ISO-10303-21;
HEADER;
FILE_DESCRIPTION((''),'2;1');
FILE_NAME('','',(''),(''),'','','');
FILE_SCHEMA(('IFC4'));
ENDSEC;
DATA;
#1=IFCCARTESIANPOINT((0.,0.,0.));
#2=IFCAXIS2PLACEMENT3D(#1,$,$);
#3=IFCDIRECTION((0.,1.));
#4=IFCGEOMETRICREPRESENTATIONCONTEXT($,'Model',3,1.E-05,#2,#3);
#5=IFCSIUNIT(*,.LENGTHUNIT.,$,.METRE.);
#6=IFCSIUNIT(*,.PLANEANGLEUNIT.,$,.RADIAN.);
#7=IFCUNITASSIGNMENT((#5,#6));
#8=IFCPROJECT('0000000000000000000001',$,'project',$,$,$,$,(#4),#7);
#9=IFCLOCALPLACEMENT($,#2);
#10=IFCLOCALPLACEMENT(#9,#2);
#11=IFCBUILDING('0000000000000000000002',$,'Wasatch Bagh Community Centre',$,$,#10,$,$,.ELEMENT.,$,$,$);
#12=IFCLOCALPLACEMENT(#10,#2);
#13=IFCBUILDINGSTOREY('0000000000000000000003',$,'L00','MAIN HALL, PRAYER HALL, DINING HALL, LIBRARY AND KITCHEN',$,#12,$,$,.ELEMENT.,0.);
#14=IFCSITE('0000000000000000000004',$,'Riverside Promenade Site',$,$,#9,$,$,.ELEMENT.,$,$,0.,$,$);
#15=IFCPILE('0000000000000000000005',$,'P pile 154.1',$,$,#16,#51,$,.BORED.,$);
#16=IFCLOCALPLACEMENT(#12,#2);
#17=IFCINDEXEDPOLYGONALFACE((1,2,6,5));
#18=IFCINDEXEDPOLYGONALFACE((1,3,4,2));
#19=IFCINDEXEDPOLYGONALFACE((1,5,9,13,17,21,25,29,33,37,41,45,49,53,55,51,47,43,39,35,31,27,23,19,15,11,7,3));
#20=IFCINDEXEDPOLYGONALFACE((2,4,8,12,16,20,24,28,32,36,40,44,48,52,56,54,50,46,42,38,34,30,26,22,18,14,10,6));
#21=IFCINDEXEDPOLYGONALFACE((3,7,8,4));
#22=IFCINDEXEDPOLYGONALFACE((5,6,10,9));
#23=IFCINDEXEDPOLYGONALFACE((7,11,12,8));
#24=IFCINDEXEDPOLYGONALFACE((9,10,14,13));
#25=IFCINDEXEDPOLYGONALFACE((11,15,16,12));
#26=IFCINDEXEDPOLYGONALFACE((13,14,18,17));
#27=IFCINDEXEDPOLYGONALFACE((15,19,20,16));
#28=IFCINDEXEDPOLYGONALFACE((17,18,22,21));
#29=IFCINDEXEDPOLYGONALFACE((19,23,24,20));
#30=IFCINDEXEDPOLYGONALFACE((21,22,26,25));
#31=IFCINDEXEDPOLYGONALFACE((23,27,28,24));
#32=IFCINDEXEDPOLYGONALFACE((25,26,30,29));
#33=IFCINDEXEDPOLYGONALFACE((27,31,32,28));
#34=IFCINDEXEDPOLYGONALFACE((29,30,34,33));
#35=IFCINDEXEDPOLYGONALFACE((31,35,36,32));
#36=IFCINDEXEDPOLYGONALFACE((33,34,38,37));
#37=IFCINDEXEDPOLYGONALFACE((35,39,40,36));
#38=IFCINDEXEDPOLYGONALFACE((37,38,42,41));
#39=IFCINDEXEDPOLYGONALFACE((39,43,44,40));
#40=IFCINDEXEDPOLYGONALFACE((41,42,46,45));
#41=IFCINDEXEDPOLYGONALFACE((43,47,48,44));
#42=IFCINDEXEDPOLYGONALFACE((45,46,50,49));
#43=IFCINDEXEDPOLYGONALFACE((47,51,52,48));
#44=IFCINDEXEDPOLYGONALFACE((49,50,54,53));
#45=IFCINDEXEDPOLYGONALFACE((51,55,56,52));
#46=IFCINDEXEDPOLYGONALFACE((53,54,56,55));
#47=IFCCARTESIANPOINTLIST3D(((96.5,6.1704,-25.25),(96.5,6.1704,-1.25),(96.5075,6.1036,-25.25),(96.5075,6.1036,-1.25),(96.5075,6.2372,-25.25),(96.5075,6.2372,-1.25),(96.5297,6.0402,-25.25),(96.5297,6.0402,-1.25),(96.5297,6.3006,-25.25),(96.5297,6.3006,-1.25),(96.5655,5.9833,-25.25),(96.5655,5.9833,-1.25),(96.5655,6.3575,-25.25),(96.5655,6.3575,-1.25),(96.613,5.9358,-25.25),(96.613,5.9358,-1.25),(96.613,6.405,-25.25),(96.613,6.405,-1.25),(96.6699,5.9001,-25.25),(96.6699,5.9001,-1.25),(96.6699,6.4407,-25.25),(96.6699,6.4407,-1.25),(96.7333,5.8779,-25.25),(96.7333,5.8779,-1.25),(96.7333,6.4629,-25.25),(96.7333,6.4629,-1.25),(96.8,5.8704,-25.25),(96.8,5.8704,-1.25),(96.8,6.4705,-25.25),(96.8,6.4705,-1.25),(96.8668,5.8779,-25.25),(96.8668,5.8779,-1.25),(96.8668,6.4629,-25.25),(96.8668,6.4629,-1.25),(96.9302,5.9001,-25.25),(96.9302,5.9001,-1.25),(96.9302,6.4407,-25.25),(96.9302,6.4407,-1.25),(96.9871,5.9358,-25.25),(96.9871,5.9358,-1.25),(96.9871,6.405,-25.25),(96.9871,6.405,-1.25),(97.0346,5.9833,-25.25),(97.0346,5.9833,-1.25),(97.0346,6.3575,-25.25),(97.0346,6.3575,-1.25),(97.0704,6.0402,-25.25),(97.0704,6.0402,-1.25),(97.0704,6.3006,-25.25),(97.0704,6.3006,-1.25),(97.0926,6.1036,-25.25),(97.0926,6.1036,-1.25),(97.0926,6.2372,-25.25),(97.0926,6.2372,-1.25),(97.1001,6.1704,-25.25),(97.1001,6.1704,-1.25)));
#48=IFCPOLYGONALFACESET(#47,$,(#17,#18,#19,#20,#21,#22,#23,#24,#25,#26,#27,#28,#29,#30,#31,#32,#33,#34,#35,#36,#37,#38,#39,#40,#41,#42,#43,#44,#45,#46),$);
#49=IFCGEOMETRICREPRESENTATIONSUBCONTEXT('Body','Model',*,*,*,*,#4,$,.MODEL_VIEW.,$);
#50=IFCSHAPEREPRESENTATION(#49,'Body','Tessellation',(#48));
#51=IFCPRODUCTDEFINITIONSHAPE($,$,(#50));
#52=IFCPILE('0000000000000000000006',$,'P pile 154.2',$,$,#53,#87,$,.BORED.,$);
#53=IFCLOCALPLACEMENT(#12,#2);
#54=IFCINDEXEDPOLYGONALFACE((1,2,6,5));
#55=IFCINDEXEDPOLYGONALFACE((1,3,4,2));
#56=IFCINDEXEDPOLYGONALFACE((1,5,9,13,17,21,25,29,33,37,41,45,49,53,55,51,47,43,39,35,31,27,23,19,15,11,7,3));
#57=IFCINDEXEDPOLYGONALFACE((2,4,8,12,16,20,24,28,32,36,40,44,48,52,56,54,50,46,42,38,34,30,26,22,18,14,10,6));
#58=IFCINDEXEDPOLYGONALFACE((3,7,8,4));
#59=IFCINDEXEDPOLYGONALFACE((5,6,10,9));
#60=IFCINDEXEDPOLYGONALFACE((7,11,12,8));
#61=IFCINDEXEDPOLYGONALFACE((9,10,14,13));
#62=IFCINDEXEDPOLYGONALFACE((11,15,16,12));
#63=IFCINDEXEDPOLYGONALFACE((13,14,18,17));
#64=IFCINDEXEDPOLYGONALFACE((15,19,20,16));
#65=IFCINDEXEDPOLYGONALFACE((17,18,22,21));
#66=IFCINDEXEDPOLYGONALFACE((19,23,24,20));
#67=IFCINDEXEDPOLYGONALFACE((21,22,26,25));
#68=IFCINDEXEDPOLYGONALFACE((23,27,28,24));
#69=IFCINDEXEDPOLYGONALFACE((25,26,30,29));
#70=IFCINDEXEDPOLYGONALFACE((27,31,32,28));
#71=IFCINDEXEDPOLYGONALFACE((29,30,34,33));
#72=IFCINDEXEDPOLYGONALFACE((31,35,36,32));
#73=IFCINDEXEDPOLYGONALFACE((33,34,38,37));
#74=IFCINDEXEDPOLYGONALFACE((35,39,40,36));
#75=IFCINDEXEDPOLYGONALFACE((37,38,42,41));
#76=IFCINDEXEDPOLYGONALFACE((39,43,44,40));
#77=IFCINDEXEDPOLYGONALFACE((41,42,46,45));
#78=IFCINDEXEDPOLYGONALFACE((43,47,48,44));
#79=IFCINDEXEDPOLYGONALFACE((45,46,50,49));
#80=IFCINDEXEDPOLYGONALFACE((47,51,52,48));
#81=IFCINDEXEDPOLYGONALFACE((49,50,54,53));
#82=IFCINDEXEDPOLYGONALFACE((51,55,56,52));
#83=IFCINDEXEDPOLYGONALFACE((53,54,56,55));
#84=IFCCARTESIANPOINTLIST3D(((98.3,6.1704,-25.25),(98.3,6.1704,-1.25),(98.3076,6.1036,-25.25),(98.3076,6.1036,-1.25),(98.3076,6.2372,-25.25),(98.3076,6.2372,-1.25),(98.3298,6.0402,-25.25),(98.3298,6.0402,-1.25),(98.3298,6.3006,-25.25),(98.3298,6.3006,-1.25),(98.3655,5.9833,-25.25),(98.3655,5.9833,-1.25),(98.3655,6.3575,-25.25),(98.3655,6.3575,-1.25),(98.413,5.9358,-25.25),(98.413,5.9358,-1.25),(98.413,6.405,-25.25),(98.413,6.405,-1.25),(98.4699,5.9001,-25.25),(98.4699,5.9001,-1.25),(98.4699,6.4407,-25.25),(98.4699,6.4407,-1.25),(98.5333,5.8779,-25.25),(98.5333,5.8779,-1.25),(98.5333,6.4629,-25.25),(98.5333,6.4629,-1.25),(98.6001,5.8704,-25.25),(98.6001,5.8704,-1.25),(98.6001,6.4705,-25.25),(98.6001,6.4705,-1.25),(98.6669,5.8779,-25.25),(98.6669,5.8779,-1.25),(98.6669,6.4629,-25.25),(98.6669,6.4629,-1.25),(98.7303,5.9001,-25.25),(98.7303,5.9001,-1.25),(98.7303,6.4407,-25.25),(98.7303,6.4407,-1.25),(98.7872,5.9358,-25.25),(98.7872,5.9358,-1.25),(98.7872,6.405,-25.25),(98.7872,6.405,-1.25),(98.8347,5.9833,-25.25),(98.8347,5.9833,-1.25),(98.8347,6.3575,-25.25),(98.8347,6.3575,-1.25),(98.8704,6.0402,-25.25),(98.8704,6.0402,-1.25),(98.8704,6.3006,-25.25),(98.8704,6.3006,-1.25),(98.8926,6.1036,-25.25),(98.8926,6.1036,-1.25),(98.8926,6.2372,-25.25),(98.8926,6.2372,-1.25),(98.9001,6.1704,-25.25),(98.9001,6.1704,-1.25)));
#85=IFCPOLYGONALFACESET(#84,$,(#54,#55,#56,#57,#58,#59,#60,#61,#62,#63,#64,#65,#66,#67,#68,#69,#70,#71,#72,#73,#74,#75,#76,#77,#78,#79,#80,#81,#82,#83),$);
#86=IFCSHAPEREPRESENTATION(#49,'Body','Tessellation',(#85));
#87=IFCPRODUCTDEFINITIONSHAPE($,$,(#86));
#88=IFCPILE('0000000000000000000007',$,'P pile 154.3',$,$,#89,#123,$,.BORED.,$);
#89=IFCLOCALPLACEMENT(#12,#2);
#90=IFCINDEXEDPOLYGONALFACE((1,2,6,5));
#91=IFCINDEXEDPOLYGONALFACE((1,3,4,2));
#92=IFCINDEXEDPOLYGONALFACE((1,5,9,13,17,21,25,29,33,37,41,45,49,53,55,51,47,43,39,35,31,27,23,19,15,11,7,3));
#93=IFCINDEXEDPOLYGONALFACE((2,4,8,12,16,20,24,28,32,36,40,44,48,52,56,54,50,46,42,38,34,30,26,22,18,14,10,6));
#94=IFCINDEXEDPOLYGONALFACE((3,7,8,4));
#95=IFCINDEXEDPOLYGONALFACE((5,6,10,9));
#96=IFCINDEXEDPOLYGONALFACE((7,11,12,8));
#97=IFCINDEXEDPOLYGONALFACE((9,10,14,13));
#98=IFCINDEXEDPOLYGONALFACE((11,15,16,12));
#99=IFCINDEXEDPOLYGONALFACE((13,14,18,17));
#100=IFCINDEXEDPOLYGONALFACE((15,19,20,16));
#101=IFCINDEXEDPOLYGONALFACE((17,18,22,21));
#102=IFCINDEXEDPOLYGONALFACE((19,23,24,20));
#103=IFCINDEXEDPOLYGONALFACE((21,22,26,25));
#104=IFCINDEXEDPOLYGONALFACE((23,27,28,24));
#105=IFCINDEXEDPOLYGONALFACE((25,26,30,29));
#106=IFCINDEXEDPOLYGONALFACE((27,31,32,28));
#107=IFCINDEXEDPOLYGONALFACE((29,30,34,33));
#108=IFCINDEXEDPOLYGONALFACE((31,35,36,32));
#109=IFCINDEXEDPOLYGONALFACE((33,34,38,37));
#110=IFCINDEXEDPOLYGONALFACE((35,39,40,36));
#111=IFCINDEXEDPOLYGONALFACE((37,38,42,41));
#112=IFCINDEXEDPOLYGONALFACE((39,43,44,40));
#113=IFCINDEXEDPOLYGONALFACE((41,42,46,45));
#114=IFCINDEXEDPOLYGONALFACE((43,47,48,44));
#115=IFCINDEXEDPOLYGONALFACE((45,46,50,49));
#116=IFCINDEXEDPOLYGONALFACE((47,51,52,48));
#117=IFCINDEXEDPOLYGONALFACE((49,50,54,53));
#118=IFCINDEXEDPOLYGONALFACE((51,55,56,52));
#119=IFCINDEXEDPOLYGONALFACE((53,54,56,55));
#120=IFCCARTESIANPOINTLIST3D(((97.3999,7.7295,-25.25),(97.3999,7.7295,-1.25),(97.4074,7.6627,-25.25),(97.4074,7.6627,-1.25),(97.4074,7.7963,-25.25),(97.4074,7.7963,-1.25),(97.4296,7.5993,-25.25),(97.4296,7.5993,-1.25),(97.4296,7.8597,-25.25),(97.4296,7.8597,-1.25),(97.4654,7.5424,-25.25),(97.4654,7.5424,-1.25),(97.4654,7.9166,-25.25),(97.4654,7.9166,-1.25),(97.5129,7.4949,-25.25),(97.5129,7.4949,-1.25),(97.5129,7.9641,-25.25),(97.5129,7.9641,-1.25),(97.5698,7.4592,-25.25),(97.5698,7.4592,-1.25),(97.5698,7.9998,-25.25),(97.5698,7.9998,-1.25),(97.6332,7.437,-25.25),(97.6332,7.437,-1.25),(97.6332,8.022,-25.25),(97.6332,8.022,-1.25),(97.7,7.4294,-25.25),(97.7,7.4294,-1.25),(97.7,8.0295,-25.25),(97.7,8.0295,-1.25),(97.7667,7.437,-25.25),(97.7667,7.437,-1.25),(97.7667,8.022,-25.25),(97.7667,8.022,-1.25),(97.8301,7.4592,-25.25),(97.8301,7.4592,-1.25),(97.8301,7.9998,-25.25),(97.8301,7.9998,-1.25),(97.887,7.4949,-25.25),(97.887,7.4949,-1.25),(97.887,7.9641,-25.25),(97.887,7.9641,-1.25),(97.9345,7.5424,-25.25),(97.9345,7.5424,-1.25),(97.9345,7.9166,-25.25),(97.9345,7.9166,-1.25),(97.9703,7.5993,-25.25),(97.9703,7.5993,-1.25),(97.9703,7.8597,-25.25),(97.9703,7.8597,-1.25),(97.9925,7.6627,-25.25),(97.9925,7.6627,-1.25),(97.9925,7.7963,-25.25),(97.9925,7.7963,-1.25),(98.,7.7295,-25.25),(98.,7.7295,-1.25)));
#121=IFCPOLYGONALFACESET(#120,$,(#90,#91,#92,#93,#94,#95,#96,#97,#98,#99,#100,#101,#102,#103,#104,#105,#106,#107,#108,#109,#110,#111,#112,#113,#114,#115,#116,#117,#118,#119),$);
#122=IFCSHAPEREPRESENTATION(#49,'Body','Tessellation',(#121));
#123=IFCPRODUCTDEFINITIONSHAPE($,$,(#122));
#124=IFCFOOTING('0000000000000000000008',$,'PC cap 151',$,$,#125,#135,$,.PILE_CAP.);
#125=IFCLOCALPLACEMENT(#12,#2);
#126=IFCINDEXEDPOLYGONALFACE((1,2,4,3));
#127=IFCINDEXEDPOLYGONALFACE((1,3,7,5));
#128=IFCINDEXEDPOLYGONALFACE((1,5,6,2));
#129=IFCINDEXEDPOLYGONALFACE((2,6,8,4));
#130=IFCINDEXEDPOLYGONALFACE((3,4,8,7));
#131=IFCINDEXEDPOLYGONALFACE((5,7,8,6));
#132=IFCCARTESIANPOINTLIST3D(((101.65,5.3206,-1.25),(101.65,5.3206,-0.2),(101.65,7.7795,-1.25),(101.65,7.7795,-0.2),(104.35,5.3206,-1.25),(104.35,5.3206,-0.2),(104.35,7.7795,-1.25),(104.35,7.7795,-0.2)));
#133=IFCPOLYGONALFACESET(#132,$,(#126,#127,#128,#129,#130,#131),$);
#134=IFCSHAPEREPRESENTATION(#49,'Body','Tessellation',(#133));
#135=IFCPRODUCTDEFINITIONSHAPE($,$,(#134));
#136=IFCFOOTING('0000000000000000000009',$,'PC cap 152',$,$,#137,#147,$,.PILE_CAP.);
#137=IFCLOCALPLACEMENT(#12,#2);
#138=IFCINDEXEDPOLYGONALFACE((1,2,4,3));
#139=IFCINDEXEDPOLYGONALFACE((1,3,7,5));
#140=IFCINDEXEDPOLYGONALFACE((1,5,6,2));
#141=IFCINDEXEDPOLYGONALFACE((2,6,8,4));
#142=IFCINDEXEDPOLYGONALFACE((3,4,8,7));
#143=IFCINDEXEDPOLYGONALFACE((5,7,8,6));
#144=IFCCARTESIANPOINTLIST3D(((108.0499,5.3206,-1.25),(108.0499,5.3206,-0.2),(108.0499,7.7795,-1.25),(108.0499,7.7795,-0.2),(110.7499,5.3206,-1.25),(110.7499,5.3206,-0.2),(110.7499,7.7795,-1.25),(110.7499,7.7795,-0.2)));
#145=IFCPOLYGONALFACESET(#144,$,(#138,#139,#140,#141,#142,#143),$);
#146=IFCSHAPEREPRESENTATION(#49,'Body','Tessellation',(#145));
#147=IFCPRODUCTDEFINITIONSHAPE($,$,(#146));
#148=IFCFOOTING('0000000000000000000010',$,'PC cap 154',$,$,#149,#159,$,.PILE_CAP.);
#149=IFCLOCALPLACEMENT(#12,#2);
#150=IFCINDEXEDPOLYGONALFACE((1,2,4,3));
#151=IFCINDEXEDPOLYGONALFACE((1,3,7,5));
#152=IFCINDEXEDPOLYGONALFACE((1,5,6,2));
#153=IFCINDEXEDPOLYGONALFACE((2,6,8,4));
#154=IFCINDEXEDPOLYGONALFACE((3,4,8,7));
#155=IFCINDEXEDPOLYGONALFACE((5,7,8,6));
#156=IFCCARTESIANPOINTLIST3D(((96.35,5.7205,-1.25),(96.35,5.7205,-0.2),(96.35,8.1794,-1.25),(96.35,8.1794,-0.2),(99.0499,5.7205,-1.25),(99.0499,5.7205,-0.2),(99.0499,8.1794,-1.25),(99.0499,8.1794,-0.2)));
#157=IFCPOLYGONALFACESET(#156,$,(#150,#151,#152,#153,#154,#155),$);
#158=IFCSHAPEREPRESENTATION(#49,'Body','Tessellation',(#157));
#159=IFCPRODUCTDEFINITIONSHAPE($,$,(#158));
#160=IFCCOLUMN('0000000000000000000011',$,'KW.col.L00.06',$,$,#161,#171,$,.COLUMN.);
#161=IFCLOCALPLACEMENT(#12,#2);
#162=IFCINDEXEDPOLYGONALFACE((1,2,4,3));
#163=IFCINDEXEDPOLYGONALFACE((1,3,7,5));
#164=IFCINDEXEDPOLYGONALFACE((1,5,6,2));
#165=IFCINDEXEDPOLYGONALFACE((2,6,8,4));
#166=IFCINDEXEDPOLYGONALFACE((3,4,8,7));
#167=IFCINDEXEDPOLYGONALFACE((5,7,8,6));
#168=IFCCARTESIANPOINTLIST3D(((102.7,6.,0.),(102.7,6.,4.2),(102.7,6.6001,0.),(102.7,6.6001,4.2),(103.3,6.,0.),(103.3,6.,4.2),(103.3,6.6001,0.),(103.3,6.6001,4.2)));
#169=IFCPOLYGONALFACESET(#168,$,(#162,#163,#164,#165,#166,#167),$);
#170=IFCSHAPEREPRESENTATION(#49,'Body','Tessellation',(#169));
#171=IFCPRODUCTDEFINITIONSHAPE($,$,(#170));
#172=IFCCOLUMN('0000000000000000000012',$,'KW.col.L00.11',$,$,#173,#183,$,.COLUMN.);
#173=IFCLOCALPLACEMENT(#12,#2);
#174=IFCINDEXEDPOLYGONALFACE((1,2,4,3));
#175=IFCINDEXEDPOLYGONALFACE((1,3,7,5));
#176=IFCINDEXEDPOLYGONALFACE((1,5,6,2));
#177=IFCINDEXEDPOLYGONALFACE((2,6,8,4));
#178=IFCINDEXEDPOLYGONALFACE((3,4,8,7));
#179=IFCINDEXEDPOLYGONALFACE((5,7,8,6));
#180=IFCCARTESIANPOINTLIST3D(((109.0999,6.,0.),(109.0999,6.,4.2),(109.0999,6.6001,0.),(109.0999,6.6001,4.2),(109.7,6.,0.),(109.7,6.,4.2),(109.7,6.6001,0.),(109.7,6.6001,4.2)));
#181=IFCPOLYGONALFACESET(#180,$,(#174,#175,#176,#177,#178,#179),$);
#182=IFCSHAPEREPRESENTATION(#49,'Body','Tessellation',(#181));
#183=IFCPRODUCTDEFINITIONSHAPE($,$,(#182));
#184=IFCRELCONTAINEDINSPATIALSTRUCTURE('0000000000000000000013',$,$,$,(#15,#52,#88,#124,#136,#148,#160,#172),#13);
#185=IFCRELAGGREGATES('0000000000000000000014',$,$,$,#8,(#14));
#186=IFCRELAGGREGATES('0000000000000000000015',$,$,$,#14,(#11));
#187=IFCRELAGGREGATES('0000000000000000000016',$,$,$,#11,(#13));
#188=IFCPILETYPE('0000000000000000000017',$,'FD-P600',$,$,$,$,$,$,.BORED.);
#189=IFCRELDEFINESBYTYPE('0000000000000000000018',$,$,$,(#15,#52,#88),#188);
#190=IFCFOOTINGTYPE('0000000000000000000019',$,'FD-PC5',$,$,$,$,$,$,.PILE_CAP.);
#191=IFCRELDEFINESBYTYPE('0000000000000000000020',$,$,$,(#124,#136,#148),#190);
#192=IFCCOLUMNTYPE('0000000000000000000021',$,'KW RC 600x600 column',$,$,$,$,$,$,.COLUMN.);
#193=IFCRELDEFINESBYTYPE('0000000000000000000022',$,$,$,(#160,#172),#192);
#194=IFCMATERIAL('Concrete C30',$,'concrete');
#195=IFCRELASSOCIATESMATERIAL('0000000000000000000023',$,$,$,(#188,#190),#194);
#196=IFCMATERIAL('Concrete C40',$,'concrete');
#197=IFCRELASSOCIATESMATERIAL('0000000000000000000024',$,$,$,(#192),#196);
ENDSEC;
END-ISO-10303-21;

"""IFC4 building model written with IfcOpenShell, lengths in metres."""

from ifc_helpers import new_model, si_unit, direction, frame, origin, origin_2d, place, context, subcontext, project, spatial, rectangle, circle, extrude, material, material_profile, profile_set, type_object, element, save


model = new_model("IFC4")

# Units and contexts
model_context = context("Model", 3, precision=1e-05, world=origin(), true_north=direction((0.0, 1.0)))
body_context = subcontext(model_context, "Body", "Model", "MODEL_VIEW")
ifc_project = project(units=[si_unit("LENGTHUNIT", "METRE"), si_unit("PLANEANGLEUNIT", "RADIAN")], contexts=[model_context])

# Site, building, storey
site_placement = place(None, origin())
site = spatial("IfcSite", under=ifc_project, at=site_placement, Name="Riverside Promenade Site", CompositionType="ELEMENT", RefElevation=0.0)
building_placement = place(site_placement, origin())
building = spatial("IfcBuilding", under=site, at=building_placement, Name="Wasatch Bagh Community Centre", CompositionType="ELEMENT")
storey_placement = place(building_placement, origin())
storey = spatial("IfcBuildingStorey", under=building, at=storey_placement, Name="L00", Description="MAIN HALL, PRAYER HALL, DINING HALL, LIBRARY AND KITCHEN", CompositionType="ELEMENT", Elevation=0.0)

# Piles
ifc_material_1 = material(Name="Concrete C30", Category="concrete")
ifc_material_profile_1 = material_profile(ifc_material_1, circle(Radius=0.3, at=origin_2d()), Name="RC D600")
ifc_profile_set_1 = profile_set([ifc_material_profile_1], Name="Concrete C30")
pile_type = type_object("IfcPileType", Name="FD-P600", PredefinedType="BORED", material=ifc_profile_set_1)
for number, where, z_axis, x_axis, name in (
    (1, (96.8, 6.1704, -1.25), (0.0, 0.0, -1.0), (1.0, 0.0, 0.0), "P pile 154.1"),
    (2, (98.6001, 6.1704, -1.25), (0.0, 0.0, -1.0), (1.0, 0.0, 0.0), "P pile 154.2"),
    (3, (97.7, 7.7295, -1.25), (0.0, 0.0, -1.0), (1.0, 0.0, 0.0), "P pile 154.3"),
):
    element("IfcPile", number, at=place(storey_placement, frame(where, z_axis=z_axis, x_axis=x_axis)), inside=storey, type_object=pile_type, Name=name, PredefinedType="BORED", context=body_context, shape_type="SweptSolid", body=[
        extrude(circle(Radius=0.3, at=origin_2d()), origin(), (0.0, 0.0, 1.0), 24.0),
    ])

# Footings
footing_type_1 = type_object("IfcFootingType", Name="FD-PC5", PredefinedType="PILE_CAP", material=ifc_material_1)
for number, where, z_axis, x_axis, name in (
    (4, (103.0, 6.55, -1.25), (0.0, 0.0, 1.0), (1.0, 0.0, 0.0), "PC cap 151"),
    (5, (109.3999, 6.55, -1.25), (0.0, 0.0, 1.0), (1.0, 0.0, 0.0), "PC cap 152"),
    (6, (97.7, 6.95, -1.25), (0.0, 0.0, 1.0), (1.0, 0.0, 0.0), "PC cap 154"),
):
    element("IfcFooting", number, at=place(storey_placement, frame(where, z_axis=z_axis, x_axis=x_axis)), inside=storey, type_object=footing_type_1, Name=name, PredefinedType="PILE_CAP", context=body_context, shape_type="SweptSolid", body=[
        extrude(rectangle(XDim=2.7, YDim=2.459, at=origin_2d()), origin(), (0.0, 0.0, 1.0), 1.05),
    ])

# Columns
ifc_material_2 = material(Name="Concrete C40", Category="concrete")
ifc_material_profile_2 = material_profile(ifc_material_2, rectangle(XDim=0.6001, YDim=0.6001, at=origin_2d()), Name="RC 600x600")
ifc_profile_set_2 = profile_set([ifc_material_profile_2], Name="Concrete C40")
column_type = type_object("IfcColumnType", Name="KW RC 600x600 column", PredefinedType="COLUMN", material=ifc_profile_set_2)
for number, where, z_axis, x_axis, name in (
    (7, (103.0, 6.3, 0.0), (0.0, 0.0, 1.0), (1.0, 0.0, 0.0), "KW.col.L00.06"),
    (8, (109.3999, 6.3, 0.0), (0.0, 0.0, 1.0), (1.0, 0.0, 0.0), "KW.col.L00.11"),
):
    element("IfcColumn", number, at=place(storey_placement, frame(where, z_axis=z_axis, x_axis=x_axis)), inside=storey, type_object=column_type, Name=name, PredefinedType="COLUMN", context=body_context, shape_type="SweptSolid", body=[
        extrude(rectangle(XDim=0.6001, YDim=0.6001, at=origin_2d()), origin(), (0.0, 0.0, 1.0), 4.2),
    ])

save(model, "model.ifc")
